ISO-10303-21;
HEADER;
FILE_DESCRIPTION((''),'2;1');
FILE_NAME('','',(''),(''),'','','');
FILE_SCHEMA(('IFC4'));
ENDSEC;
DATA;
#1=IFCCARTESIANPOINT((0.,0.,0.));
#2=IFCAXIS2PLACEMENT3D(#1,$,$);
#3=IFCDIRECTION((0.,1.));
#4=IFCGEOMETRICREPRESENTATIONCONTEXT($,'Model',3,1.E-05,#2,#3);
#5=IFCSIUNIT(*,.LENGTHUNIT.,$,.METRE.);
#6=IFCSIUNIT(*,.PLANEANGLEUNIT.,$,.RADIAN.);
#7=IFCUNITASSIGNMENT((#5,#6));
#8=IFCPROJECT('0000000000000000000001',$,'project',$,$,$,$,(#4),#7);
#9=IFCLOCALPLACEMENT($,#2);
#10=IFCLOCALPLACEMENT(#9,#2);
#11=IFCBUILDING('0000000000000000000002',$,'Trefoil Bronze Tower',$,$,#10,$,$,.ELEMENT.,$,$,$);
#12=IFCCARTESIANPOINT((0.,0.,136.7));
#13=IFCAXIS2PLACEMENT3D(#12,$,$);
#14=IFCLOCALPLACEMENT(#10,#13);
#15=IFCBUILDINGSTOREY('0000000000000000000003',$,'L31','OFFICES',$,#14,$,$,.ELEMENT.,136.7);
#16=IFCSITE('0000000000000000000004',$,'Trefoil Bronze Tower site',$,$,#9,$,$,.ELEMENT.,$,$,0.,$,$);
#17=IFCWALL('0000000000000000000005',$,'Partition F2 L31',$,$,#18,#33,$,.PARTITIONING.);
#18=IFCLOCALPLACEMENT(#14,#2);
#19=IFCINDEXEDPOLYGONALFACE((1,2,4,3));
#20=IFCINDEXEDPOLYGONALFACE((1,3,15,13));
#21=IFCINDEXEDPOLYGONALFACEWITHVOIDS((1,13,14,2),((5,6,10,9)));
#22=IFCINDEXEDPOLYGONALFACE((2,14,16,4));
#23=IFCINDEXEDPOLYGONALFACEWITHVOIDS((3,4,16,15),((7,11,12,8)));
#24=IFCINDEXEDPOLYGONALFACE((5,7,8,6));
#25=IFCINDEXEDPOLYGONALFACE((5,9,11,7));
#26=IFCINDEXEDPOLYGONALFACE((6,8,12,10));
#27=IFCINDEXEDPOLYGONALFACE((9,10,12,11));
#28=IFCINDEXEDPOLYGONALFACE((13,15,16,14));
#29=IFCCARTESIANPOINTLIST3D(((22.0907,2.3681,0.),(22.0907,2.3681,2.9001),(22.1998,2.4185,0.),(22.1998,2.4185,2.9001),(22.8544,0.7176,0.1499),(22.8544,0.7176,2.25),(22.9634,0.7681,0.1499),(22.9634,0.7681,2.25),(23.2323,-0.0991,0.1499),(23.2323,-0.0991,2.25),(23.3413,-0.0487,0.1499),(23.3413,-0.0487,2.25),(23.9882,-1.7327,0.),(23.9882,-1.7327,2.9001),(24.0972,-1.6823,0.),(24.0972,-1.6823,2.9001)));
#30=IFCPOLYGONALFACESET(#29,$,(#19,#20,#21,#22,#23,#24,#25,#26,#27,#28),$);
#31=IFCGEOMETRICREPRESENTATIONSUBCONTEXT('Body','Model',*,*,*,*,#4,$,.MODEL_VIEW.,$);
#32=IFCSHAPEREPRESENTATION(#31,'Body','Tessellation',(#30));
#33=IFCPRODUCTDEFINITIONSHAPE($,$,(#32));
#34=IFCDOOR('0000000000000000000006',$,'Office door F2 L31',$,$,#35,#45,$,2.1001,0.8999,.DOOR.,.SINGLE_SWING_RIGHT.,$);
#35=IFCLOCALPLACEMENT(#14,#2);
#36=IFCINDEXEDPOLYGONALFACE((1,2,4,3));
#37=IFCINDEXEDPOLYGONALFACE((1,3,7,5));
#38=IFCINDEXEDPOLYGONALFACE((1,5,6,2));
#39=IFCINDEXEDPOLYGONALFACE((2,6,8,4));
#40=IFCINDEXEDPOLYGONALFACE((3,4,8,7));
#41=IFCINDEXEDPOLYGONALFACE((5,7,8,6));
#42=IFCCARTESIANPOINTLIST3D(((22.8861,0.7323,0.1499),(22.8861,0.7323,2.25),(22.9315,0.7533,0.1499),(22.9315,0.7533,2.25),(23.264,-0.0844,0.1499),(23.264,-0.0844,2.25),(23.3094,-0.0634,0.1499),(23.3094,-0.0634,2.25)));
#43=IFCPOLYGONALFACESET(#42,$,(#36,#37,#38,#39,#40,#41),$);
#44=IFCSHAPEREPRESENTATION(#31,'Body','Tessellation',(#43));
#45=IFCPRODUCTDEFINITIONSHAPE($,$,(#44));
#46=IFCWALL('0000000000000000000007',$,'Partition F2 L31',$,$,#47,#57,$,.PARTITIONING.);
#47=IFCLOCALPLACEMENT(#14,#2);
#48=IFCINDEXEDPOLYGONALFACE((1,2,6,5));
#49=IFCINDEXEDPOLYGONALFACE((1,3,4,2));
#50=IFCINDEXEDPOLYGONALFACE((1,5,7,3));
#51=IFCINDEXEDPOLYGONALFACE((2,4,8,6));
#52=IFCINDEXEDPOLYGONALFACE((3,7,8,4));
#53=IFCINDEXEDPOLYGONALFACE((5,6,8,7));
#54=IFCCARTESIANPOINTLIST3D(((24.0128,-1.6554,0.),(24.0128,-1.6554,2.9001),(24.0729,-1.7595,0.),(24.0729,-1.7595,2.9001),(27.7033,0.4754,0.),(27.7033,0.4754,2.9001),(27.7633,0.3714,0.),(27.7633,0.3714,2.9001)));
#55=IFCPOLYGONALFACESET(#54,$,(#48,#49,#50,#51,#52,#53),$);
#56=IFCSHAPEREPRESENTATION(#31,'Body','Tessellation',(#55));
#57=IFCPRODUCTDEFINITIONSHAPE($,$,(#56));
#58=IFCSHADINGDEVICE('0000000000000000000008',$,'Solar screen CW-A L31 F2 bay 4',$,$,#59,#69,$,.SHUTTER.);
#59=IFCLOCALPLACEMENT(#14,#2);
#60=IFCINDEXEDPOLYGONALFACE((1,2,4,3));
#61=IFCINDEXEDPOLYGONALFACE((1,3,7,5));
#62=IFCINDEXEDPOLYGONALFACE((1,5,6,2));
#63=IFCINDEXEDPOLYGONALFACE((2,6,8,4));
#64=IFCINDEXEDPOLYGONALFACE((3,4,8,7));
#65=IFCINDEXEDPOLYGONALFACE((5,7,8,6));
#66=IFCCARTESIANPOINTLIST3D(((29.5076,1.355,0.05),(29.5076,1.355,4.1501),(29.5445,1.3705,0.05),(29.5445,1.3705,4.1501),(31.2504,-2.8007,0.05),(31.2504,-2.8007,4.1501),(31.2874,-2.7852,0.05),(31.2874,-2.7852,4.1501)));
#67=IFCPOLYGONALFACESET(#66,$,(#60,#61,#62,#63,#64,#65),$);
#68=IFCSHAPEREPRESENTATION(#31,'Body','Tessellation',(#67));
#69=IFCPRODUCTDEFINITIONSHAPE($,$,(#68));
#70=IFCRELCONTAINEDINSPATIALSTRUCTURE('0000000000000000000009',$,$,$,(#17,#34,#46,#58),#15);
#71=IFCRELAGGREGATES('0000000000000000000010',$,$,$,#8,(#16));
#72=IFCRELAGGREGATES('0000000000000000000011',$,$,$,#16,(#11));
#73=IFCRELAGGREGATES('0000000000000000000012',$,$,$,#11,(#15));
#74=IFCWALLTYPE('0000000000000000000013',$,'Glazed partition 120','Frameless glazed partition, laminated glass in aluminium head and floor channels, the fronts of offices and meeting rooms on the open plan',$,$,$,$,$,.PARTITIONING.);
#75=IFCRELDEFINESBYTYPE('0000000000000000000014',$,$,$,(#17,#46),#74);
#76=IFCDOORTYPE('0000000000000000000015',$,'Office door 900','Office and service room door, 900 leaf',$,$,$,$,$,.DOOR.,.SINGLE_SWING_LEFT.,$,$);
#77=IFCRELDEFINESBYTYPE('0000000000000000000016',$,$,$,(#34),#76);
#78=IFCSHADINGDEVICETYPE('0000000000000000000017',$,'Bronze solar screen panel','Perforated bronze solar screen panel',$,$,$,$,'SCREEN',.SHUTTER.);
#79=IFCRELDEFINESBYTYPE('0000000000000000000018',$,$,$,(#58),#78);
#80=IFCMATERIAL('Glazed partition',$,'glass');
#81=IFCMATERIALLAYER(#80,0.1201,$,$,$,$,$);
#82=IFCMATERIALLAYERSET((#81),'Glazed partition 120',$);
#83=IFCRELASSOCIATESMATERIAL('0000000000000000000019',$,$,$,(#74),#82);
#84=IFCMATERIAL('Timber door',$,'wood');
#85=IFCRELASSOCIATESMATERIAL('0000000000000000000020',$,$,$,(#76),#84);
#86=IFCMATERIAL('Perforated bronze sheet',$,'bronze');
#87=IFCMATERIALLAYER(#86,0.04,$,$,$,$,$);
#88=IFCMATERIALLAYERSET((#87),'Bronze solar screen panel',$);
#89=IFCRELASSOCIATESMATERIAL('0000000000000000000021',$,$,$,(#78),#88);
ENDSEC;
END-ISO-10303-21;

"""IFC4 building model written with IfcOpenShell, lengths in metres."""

from ifc_helpers import new_model, si_unit, direction, frame, frame_2d, origin, origin_2d, place, context, subcontext, project, spatial, rectangle, extrude, material, layer, layer_set, type_object, element, fill, save


model = new_model("IFC4")

# Units and contexts
model_context = context("Model", 3, precision=1e-05, world=origin(), true_north=direction((0.0, 1.0)))
body_context = subcontext(model_context, "Body", "Model", "MODEL_VIEW")
ifc_project = project(units=[si_unit("LENGTHUNIT", "METRE"), si_unit("PLANEANGLEUNIT", "RADIAN")], contexts=[model_context])

# Site, building, storey
site_placement = place(None, origin())
site = spatial("IfcSite", under=ifc_project, at=site_placement, Name="Trefoil Bronze Tower site", CompositionType="ELEMENT", RefElevation=0.0)
building_placement = place(site_placement, origin())
building = spatial("IfcBuilding", under=site, at=building_placement, Name="Trefoil Bronze Tower", CompositionType="ELEMENT")
storey_placement = place(building_placement, frame((0.0, 0.0, 136.7)))
storey = spatial("IfcBuildingStorey", under=building, at=storey_placement, Name="L31", Description="OFFICES", CompositionType="ELEMENT", Elevation=136.7)

# Wall, opening, door
ifc_material_1 = material(Name="Glazed partition", Category="glass")
ifc_layer_1 = layer(ifc_material_1, 0.1201)
ifc_layer_set_1 = layer_set([ifc_layer_1], Name="Glazed partition 120")
wall_type_1 = type_object("IfcWallType", Name="Glazed partition 120", Description="Frameless glazed partition, laminated glass in aluminium head and floor channels, the fronts of offices and meeting rooms on the open plan", PredefinedType="PARTITIONING", material=ifc_layer_set_1)
wall_1_placement = place(storey_placement, frame((24.0427, -1.7075, 0.0), z_axis=(0.0, 0.0, 1.0), x_axis=(-0.419928, 0.907557, 0.0)))
wall_1 = element("IfcWall", 1, at=wall_1_placement, inside=storey, type_object=wall_type_1, Name="Partition F2 L31", PredefinedType="PARTITIONING", context=body_context, shape_type="SweptSolid", body=[
    extrude(rectangle(XDim=4.5186, YDim=0.1201, at=frame_2d((2.2593, 0.0))), origin(), (0.0, 0.0, 1.0), 2.9001),
])
opening_1_placement = place(wall_1_placement, frame((1.8, 0.0, 0.1499)))
opening_1 = element("IfcOpeningElement", 2, at=opening_1_placement, cuts=wall_1, PredefinedType="OPENING", context=body_context, shape_type="SweptSolid", body=[
    extrude(rectangle(XDim=0.8999, YDim=2.1001, at=frame_2d((0.45, 1.05))), frame((0.0, 0.0701, 0.0), z_axis=(0.0, -1.0, 0.0), x_axis=(1.0, 0.0, 0.0)), (0.0, 0.0, 1.0), 0.1401),
])
ifc_material_2 = material(Name="Timber door", Category="wood")
door_type_1 = type_object("IfcDoorType", Name="Office door 900", Description="Office and service room door, 900 leaf", OperationType="SINGLE_SWING_LEFT", PredefinedType="DOOR", material=ifc_material_2)
door_1_placement = place(opening_1_placement, frame((0.8999, 0.0, 0.0), z_axis=(0.0, 0.0, 1.0), x_axis=(-1.0, 0.0, 0.0)))
door_1 = element("IfcDoor", 3, at=door_1_placement, inside=storey, type_object=door_type_1, Name="Office door F2 L31", OperationType="SINGLE_SWING_RIGHT", OverallHeight=2.1001, OverallWidth=0.8999, PredefinedType="DOOR", context=body_context, shape_type="SweptSolid", body=[
    extrude(rectangle(XDim=0.8999, YDim=2.1001, at=frame_2d((0.45, 1.05))), frame((0.0, 0.0249, 0.0), z_axis=(0.0, -1.0, 0.0), x_axis=(1.0, 0.0, 0.0)), (0.0, 0.0, 1.0), 0.05),
])
fill(opening_1, door_1)

# Wall
wall_2_placement = place(storey_placement, frame((24.0427, -1.7075, 0.0), z_axis=(0.0, 0.0, 1.0), x_axis=(0.866006, 0.500033, 0.0)))
element("IfcWall", 4, at=wall_2_placement, inside=storey, type_object=wall_type_1, Name="Partition F2 L31", PredefinedType="PARTITIONING", context=body_context, shape_type="SweptSolid", body=[
    extrude(rectangle(XDim=4.2615, YDim=0.1201, at=frame_2d((2.1309, 0.0))), origin(), (0.0, 0.0, 1.0), 2.9001),
])

# Shading device
ifc_material_3 = material(Name="Perforated bronze sheet", Category="bronze")
ifc_layer_2 = layer(ifc_material_3, 0.04)
ifc_layer_set_2 = layer_set([ifc_layer_2], Name="Bronze solar screen panel")
shading_device_type = type_object("IfcShadingDeviceType", Name="Bronze solar screen panel", Description="Perforated bronze solar screen panel", ElementType="SCREEN", PredefinedType="SHUTTER", material=ifc_layer_set_2)
shading_device_placement = place(storey_placement, frame((30.3975, -0.7151, 0.05), z_axis=(0.0, 0.0, 1.0), x_axis=(-0.386759, 0.922181, 0.0)))
element("IfcShadingDevice", 5, at=shading_device_placement, inside=storey, type_object=shading_device_type, Name="Solar screen CW-A L31 F2 bay 4", PredefinedType="SHUTTER", context=body_context, shape_type="SweptSolid", body=[
    extrude(rectangle(XDim=4.5063, YDim=0.04, at=origin_2d()), origin(), (0.0, 0.0, 1.0), 4.1001),
])

save(model, "model.ifc")
